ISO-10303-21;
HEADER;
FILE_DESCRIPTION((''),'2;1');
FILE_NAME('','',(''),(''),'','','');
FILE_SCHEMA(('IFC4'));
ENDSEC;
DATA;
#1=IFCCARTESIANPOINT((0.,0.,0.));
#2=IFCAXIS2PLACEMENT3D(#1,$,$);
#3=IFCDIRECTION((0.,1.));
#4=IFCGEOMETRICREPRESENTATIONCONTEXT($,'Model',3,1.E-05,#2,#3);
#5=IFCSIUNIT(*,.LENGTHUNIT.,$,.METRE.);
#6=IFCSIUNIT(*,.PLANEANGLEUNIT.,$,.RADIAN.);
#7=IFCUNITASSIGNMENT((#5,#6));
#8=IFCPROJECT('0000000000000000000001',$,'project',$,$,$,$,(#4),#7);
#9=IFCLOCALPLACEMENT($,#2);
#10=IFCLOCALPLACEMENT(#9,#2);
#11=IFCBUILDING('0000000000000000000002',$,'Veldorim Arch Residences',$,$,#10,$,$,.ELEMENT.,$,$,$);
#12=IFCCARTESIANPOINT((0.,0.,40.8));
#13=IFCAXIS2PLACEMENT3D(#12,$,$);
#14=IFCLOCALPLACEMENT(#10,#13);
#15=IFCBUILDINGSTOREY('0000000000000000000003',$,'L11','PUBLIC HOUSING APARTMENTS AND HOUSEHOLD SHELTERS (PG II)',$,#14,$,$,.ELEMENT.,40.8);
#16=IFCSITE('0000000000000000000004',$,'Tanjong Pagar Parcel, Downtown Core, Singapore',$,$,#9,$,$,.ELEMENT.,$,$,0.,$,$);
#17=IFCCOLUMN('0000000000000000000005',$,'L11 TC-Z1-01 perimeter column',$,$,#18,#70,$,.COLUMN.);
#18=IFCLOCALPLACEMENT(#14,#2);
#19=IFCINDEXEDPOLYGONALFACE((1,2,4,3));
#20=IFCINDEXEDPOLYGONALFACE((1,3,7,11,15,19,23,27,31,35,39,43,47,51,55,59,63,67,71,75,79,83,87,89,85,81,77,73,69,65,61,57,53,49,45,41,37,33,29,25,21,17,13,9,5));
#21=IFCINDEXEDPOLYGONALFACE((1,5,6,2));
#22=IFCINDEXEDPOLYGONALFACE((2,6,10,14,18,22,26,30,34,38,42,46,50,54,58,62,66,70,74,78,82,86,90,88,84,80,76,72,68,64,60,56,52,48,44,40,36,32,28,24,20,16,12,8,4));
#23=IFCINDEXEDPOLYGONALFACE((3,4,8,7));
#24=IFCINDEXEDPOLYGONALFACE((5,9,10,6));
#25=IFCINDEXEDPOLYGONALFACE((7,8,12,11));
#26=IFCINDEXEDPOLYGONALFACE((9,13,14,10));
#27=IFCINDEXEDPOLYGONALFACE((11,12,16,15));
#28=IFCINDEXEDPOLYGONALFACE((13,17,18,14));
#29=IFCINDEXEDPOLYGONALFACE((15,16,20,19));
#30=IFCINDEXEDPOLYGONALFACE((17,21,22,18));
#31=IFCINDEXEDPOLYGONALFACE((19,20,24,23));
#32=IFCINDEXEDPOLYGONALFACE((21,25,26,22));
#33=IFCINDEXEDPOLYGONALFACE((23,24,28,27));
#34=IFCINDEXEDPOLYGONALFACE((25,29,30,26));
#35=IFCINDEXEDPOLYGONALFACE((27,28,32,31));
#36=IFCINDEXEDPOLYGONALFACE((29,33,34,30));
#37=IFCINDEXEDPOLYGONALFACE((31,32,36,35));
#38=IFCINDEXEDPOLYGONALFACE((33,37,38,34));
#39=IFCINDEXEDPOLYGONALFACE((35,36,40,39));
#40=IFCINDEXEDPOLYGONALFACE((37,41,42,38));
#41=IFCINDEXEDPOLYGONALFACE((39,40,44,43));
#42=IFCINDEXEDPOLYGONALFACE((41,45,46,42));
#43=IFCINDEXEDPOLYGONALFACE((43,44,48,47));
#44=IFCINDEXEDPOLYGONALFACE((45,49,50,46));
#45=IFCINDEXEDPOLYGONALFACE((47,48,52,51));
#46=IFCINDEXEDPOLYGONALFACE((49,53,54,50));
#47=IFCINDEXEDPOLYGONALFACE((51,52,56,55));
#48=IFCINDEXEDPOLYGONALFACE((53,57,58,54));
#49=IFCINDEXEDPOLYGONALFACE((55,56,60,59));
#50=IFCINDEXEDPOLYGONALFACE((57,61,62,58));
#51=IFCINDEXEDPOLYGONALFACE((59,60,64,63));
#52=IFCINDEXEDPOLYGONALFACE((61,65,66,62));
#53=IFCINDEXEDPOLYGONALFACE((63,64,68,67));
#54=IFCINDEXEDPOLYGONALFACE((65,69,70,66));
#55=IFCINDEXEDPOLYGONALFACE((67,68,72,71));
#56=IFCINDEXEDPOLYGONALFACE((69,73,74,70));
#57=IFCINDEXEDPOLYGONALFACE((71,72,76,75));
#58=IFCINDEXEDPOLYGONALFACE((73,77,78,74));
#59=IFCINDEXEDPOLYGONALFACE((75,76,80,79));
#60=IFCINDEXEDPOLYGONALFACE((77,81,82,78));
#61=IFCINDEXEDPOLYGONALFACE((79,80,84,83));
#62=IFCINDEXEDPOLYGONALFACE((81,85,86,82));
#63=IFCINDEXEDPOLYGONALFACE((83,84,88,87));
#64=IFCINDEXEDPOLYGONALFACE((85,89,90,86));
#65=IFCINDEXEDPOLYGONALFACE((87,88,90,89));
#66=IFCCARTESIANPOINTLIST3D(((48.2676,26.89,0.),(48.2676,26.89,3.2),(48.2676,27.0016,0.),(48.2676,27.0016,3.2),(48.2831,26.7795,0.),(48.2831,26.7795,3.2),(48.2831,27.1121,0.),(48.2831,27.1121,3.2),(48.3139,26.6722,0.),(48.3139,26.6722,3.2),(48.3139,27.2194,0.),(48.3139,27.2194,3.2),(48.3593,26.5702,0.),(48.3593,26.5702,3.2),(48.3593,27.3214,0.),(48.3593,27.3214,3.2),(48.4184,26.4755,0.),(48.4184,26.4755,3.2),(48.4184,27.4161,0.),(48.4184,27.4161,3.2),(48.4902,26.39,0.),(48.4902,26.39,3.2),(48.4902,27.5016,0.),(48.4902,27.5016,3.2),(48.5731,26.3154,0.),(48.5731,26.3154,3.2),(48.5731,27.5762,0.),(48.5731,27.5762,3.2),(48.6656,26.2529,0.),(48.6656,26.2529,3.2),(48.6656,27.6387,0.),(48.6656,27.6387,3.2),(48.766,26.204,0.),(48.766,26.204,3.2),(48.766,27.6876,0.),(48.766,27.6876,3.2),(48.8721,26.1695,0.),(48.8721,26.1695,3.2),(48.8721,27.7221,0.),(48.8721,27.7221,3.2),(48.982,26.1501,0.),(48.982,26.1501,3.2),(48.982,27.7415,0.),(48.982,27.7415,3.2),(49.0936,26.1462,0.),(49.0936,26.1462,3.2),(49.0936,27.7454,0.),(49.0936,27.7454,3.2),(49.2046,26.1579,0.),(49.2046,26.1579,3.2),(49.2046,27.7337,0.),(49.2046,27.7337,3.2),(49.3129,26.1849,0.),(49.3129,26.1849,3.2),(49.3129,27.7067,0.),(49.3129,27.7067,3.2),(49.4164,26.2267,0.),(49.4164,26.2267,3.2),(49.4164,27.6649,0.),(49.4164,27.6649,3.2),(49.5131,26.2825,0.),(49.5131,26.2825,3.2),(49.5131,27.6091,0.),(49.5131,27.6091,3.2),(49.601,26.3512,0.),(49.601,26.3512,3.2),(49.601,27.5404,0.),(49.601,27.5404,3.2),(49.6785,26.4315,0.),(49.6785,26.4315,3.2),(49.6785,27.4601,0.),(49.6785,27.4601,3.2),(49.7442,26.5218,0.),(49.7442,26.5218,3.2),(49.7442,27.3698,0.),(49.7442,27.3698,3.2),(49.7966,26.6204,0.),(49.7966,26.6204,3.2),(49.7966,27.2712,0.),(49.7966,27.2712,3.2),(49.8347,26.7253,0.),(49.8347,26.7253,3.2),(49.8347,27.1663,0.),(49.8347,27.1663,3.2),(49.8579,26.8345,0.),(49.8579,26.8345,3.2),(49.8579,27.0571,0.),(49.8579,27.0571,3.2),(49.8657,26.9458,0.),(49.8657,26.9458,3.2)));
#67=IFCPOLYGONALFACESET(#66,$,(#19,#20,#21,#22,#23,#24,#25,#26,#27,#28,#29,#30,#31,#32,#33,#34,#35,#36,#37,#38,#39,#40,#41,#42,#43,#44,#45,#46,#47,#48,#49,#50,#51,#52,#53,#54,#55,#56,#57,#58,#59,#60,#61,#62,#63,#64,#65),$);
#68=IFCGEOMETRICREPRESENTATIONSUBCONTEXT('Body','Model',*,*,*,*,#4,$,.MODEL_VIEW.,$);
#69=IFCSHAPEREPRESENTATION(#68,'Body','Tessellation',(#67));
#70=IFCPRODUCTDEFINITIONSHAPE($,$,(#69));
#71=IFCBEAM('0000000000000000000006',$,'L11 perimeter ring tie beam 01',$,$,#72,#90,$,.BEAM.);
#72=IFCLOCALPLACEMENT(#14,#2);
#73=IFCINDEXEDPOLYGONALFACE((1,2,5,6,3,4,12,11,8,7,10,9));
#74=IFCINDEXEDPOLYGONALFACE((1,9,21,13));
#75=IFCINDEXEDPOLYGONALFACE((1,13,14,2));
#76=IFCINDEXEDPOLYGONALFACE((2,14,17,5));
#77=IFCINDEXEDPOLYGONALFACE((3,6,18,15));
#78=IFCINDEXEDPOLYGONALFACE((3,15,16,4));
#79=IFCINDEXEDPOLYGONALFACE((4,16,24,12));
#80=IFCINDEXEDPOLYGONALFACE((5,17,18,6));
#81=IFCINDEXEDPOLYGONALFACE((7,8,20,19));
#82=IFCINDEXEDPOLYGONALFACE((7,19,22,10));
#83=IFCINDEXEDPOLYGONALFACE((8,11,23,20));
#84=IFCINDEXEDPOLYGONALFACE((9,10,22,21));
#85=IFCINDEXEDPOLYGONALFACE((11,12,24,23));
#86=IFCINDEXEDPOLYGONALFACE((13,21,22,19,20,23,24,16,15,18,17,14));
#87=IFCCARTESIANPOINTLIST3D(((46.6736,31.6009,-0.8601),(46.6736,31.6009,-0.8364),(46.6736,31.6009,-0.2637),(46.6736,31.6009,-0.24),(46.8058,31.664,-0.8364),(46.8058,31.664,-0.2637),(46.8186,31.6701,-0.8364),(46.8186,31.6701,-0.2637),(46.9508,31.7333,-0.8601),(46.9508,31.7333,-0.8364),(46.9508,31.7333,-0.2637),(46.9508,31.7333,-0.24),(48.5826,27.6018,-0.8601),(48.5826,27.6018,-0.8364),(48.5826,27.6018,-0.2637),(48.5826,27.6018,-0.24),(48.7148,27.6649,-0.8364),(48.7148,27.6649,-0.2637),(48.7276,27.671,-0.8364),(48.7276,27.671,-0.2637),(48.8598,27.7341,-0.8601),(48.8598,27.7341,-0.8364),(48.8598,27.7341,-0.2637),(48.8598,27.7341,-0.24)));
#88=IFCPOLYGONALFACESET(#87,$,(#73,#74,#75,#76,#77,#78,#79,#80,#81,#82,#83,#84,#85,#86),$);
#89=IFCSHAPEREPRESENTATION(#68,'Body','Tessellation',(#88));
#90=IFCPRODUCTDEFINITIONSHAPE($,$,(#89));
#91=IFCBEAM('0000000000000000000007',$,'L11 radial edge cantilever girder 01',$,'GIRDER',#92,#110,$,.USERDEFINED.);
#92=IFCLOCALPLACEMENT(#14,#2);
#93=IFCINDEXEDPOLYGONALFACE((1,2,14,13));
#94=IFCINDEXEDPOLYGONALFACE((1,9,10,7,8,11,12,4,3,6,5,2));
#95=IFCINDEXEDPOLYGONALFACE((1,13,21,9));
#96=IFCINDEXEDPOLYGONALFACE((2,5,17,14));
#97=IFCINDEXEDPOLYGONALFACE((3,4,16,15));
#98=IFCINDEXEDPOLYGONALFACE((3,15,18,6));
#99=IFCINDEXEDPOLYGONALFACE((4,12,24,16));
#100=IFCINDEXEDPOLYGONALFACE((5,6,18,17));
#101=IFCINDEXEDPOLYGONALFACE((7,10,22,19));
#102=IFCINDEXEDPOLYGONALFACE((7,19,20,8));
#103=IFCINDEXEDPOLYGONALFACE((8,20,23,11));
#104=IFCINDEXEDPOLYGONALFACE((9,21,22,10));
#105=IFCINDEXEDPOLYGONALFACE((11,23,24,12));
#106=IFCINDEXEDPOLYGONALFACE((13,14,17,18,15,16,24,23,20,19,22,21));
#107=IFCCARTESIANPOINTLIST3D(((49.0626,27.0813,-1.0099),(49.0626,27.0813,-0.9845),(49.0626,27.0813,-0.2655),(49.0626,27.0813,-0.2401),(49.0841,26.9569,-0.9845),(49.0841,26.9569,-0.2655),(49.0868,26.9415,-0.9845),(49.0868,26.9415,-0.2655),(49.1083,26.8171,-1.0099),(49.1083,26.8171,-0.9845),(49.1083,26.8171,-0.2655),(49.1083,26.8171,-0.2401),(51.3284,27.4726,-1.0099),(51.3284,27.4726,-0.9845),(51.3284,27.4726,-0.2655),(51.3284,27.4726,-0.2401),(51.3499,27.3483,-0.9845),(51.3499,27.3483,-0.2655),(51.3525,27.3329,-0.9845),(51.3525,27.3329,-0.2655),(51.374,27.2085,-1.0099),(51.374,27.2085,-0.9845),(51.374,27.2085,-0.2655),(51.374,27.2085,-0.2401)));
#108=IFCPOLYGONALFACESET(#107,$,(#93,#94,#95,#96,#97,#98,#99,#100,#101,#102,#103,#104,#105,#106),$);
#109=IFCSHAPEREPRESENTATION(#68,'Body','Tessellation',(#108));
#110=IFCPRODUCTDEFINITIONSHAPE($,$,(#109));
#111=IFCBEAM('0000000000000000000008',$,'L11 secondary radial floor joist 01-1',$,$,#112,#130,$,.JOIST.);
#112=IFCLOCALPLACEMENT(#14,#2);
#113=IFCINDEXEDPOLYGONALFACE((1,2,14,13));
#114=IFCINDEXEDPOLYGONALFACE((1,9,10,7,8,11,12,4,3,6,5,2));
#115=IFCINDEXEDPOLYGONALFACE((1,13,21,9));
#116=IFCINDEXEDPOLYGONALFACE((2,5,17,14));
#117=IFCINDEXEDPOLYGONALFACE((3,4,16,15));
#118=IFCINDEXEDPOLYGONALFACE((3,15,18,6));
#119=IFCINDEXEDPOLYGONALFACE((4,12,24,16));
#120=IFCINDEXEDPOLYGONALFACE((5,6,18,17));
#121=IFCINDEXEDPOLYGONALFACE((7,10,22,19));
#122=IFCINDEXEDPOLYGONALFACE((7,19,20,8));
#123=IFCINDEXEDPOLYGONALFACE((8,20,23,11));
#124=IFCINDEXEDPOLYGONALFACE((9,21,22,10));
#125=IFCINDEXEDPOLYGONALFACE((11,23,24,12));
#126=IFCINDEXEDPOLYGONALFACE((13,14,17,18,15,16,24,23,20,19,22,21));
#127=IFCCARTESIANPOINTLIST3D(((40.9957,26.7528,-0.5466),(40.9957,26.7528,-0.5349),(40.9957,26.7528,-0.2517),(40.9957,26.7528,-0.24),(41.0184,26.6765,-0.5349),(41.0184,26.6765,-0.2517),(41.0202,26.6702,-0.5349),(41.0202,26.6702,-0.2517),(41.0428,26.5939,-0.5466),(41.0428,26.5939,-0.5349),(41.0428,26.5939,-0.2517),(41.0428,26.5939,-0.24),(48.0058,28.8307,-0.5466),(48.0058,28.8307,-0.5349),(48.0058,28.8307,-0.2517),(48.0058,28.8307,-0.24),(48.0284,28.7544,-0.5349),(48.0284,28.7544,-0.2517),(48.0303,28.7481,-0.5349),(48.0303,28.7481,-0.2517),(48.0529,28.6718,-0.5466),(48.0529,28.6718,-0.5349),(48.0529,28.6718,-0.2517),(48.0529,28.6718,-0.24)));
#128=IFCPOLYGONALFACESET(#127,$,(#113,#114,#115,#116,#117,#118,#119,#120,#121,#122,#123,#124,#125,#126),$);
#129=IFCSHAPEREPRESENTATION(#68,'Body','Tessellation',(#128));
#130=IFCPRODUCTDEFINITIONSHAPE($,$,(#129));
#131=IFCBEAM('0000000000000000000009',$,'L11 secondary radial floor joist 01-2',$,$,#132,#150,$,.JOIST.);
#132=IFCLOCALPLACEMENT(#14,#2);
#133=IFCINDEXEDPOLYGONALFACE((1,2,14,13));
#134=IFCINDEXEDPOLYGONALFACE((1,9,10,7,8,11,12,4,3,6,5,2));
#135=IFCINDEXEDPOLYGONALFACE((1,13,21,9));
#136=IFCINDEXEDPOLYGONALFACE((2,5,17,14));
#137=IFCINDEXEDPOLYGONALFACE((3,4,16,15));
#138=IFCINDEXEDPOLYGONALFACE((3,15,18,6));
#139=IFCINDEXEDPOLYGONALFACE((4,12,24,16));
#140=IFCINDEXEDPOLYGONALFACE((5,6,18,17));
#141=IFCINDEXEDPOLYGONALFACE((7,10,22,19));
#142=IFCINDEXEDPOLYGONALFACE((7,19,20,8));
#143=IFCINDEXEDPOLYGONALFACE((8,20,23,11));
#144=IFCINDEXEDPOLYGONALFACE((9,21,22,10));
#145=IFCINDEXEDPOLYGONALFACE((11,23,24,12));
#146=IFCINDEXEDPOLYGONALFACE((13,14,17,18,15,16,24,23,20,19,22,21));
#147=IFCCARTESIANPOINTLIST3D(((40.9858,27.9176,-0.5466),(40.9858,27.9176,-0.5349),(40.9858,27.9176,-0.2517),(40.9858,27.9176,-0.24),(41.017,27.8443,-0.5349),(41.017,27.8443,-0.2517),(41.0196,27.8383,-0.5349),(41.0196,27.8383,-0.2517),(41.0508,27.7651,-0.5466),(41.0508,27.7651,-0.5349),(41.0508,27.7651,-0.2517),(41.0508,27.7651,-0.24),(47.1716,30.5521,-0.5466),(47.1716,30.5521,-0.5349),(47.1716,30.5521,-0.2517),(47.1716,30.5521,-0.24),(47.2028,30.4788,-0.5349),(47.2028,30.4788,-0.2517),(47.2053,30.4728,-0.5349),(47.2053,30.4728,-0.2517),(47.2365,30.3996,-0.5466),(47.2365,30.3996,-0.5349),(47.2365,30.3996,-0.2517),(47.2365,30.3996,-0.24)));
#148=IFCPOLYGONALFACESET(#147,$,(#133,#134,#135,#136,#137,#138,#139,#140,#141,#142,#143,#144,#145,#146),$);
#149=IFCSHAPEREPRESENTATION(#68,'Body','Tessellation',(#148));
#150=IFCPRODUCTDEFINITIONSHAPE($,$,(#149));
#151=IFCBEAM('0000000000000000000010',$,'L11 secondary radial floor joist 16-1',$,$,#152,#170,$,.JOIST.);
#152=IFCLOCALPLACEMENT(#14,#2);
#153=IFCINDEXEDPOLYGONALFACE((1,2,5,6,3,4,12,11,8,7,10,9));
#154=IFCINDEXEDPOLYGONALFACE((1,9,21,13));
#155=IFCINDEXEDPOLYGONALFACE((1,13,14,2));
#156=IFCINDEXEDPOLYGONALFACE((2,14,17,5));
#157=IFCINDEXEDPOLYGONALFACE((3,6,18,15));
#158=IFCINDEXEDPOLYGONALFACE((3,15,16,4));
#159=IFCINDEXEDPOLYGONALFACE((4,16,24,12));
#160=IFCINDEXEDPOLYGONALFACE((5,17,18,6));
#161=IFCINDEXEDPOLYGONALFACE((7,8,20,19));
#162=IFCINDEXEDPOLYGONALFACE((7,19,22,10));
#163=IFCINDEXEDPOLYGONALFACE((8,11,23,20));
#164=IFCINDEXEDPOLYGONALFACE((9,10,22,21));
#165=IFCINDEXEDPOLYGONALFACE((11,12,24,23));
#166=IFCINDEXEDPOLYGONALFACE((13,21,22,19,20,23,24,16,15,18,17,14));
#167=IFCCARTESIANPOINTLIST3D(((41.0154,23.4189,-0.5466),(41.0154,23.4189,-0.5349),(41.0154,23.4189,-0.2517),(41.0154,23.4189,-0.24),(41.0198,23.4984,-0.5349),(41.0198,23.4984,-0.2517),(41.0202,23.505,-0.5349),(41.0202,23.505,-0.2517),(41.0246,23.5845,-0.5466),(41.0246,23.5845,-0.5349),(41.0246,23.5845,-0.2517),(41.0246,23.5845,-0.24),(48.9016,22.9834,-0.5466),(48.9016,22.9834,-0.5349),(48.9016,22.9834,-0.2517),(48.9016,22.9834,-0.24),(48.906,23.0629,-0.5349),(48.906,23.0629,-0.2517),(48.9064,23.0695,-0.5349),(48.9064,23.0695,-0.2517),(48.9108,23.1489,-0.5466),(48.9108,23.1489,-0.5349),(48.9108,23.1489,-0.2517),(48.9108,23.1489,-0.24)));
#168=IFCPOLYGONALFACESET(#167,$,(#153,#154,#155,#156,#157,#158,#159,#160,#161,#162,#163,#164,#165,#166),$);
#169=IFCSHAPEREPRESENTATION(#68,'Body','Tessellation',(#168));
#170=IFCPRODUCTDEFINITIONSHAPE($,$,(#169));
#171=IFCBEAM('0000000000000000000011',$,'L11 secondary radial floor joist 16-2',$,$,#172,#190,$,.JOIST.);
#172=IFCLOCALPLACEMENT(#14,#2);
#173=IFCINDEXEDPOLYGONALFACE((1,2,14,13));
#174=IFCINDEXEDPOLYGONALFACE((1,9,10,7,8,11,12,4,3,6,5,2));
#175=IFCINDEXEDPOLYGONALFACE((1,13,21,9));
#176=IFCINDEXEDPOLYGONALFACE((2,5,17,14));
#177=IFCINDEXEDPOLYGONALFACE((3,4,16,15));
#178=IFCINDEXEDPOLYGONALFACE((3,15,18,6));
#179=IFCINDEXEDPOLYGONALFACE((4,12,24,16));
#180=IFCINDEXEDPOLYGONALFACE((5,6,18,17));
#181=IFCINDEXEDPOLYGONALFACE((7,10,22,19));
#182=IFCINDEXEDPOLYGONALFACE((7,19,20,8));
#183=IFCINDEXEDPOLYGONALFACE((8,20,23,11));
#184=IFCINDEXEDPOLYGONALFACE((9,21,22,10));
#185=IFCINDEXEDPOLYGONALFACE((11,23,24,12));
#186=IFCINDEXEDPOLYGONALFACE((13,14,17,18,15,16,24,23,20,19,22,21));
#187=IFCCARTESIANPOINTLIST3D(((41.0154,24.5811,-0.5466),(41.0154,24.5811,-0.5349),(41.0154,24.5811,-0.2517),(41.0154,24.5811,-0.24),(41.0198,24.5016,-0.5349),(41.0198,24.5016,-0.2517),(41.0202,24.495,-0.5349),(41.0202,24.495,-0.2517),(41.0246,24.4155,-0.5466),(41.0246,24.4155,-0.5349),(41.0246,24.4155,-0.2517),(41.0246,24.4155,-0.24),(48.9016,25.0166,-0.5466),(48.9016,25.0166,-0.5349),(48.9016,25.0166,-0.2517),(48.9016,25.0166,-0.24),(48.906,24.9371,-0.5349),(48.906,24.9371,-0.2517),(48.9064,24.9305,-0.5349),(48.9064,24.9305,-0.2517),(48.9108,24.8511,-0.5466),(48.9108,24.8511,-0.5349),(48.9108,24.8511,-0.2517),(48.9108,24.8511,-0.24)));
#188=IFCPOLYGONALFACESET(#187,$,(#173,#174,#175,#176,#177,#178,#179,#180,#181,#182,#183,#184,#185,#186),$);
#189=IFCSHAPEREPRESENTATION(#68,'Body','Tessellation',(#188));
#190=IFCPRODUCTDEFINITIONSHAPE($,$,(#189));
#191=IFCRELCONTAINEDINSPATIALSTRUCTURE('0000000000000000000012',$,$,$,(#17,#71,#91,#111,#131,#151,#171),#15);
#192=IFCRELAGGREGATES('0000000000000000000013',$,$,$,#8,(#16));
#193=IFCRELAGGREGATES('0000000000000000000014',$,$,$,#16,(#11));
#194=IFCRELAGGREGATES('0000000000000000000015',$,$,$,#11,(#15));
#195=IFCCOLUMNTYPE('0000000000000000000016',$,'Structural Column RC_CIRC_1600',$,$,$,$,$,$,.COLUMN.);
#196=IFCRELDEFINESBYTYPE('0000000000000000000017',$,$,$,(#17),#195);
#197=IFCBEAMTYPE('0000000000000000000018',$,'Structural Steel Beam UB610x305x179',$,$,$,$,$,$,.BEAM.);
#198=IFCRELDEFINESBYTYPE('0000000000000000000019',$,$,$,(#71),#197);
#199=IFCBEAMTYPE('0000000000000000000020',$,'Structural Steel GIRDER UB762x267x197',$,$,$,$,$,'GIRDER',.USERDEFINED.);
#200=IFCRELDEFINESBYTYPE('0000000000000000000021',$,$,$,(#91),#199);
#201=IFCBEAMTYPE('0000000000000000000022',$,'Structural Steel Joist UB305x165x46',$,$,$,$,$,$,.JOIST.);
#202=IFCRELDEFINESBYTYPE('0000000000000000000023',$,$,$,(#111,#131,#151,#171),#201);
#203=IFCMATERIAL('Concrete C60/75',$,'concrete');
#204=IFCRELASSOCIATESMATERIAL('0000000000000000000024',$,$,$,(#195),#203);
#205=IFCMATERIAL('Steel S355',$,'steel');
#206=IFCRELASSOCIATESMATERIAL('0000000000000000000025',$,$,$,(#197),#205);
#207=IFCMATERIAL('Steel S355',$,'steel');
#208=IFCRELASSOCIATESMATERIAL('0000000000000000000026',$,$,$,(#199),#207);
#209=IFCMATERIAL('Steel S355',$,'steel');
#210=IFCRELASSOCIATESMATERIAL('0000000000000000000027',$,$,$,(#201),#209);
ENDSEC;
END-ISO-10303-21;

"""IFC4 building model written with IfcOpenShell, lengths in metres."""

from ifc_helpers import new_model, si_unit, direction, frame, origin, origin_2d, place, context, subcontext, project, spatial, circle, i_section, extrude, material, material_profile, profile_set, type_object, element, save


model = new_model("IFC4")

# Units and contexts
model_context = context("Model", 3, precision=1e-05, world=origin(), true_north=direction((0.0, 1.0)))
body_context = subcontext(model_context, "Body", "Model", "MODEL_VIEW")
ifc_project = project(units=[si_unit("LENGTHUNIT", "METRE"), si_unit("PLANEANGLEUNIT", "RADIAN")], contexts=[model_context])

# Site, building, storey
site_placement = place(None, origin())
site = spatial("IfcSite", under=ifc_project, at=site_placement, Name="Tanjong Pagar Parcel, Downtown Core, Singapore", CompositionType="ELEMENT", RefElevation=0.0)
building_placement = place(site_placement, origin())
building = spatial("IfcBuilding", under=site, at=building_placement, Name="Veldorim Arch Residences", CompositionType="ELEMENT")
storey_placement = place(building_placement, frame((0.0, 0.0, 40.8)))
storey = spatial("IfcBuildingStorey", under=building, at=storey_placement, Name="L11", Description="PUBLIC HOUSING APARTMENTS AND HOUSEHOLD SHELTERS (PG II)", CompositionType="ELEMENT", Elevation=40.8)

# Column
ifc_material_1 = material(Name="Concrete C60/75", Category="concrete")
ifc_material_profile_1 = material_profile(ifc_material_1, circle(Radius=0.8, at=origin_2d()), Name="RC_CIRC_1600")
ifc_profile_set_1 = profile_set([ifc_material_profile_1], Name="Concrete C60/75")
column_type = type_object("IfcColumnType", Name="Structural Column RC_CIRC_1600", PredefinedType="COLUMN", material=ifc_profile_set_1)
column_placement = place(storey_placement, frame((49.0657, 26.9458, 0.0), z_axis=(0.0, 0.0, 1.0), x_axis=(1.0, 0.0, 0.0)))
element("IfcColumn", 1, at=column_placement, inside=storey, type_object=column_type, Name="L11 TC-Z1-01 perimeter column", PredefinedType="COLUMN", context=body_context, shape_type="SweptSolid", body=[
    extrude(circle(Radius=0.8, at=origin_2d()), origin(), (0.0, 0.0, 1.0), 3.2),
])

# Beams
ifc_material_2 = material(Name="Steel S355", Category="steel")
ifc_material_profile_2 = material_profile(ifc_material_2, i_section(OverallWidth=0.3071, OverallDepth=0.6201, WebThickness=0.0142, FlangeThickness=0.0237, at=origin_2d()), Name="UB610x305x179")
ifc_profile_set_2 = profile_set([ifc_material_profile_2], Name="Steel S355")
beam_type_1 = type_object("IfcBeamType", Name="Structural Steel Beam UB610x305x179", PredefinedType="BEAM", material=ifc_profile_set_2)
beam_1_placement = place(storey_placement, frame((48.7212, 27.668, -0.55), z_axis=(-0.430787, 0.902454, 0.0), x_axis=(-0.902454, -0.430787, 0.0)))
element("IfcBeam", 2, at=beam_1_placement, inside=storey, type_object=beam_type_1, Name="L11 perimeter ring tie beam 01", PredefinedType="BEAM", context=body_context, shape_type="SweptSolid", body=[
    extrude(i_section(OverallWidth=0.3071, OverallDepth=0.6201, WebThickness=0.0142, FlangeThickness=0.0237, at=origin_2d()), origin(), (0.0, 0.0, 1.0), 4.4314),
])
ifc_material_3 = material(Name="Steel S355", Category="steel")
ifc_material_profile_3 = material_profile(ifc_material_3, i_section(OverallWidth=0.2681, OverallDepth=0.7698, WebThickness=0.0156, FlangeThickness=0.0254, at=origin_2d()), Name="UB762x267x197")
ifc_profile_set_3 = profile_set([ifc_material_profile_3], Name="Steel S355")
beam_type_2 = type_object("IfcBeamType", Name="Structural Steel GIRDER UB762x267x197", ElementType="GIRDER", PredefinedType="USERDEFINED", material=ifc_profile_set_3)
beam_2_placement = place(storey_placement, frame((49.0854, 26.9492, -0.625), z_axis=(0.98541, 0.170198, 0.0), x_axis=(-0.170198, 0.98541, 0.0)))
element("IfcBeam", 3, at=beam_2_placement, inside=storey, type_object=beam_type_2, Name="L11 radial edge cantilever girder 01", ObjectType="GIRDER", PredefinedType="USERDEFINED", context=body_context, shape_type="SweptSolid", body=[
    extrude(i_section(OverallWidth=0.2681, OverallDepth=0.7698, WebThickness=0.0156, FlangeThickness=0.0254, at=origin_2d()), origin(), (0.0, 0.0, 1.0), 2.2993),
])
ifc_material_4 = material(Name="Steel S355", Category="steel")
ifc_material_profile_4 = material_profile(ifc_material_4, i_section(OverallWidth=0.1658, OverallDepth=0.3066, WebThickness=0.0066, FlangeThickness=0.0117, at=origin_2d()), Name="UB305x165x46")
ifc_profile_set_4 = profile_set([ifc_material_profile_4], Name="Steel S355")
beam_type_3 = type_object("IfcBeamType", Name="Structural Steel Joist UB305x165x46", PredefinedType="JOIST", material=ifc_profile_set_4)
beam_3_placement = place(storey_placement, frame((41.0193, 26.6733, -0.3933), z_axis=(0.958767, 0.284194, 0.0), x_axis=(-0.284194, 0.958767, 0.0)))
element("IfcBeam", 4, at=beam_3_placement, inside=storey, type_object=beam_type_3, Name="L11 secondary radial floor joist 01-1", PredefinedType="JOIST", context=body_context, shape_type="SweptSolid", body=[
    extrude(i_section(OverallWidth=0.1658, OverallDepth=0.3066, WebThickness=0.0066, FlangeThickness=0.0117, at=origin_2d()), origin(), (0.0, 0.0, 1.0), 7.3115),
])
beam_4_placement = place(storey_placement, frame((41.0183, 27.8413, -0.3933), z_axis=(0.920033, 0.391841, 0.0), x_axis=(-0.391841, 0.920033, 0.0)))
element("IfcBeam", 5, at=beam_4_placement, inside=storey, type_object=beam_type_3, Name="L11 secondary radial floor joist 01-2", PredefinedType="JOIST", context=body_context, shape_type="SweptSolid", body=[
    extrude(i_section(OverallWidth=0.1658, OverallDepth=0.3066, WebThickness=0.0066, FlangeThickness=0.0117, at=origin_2d()), origin(), (0.0, 0.0, 1.0), 6.7234),
])
for number, where, z_axis, x_axis, name in (
    (6, (41.02, 23.5017, -0.3933), (0.998478, -0.055145, 0.0), (0.055145, 0.998478, 0.0), "L11 secondary radial floor joist 16-1"),
    (7, (41.02, 24.4983, -0.3933), (0.998478, 0.055145, 0.0), (-0.055145, 0.998478, 0.0), "L11 secondary radial floor joist 16-2"),
):
    element("IfcBeam", number, at=place(storey_placement, frame(where, z_axis=z_axis, x_axis=x_axis)), inside=storey, type_object=beam_type_3, Name=name, PredefinedType="JOIST", context=body_context, shape_type="SweptSolid", body=[
        extrude(i_section(OverallWidth=0.1658, OverallDepth=0.3066, WebThickness=0.0066, FlangeThickness=0.0117, at=origin_2d()), origin(), (0.0, 0.0, 1.0), 7.8982),
    ])

save(model, "model.ifc")
